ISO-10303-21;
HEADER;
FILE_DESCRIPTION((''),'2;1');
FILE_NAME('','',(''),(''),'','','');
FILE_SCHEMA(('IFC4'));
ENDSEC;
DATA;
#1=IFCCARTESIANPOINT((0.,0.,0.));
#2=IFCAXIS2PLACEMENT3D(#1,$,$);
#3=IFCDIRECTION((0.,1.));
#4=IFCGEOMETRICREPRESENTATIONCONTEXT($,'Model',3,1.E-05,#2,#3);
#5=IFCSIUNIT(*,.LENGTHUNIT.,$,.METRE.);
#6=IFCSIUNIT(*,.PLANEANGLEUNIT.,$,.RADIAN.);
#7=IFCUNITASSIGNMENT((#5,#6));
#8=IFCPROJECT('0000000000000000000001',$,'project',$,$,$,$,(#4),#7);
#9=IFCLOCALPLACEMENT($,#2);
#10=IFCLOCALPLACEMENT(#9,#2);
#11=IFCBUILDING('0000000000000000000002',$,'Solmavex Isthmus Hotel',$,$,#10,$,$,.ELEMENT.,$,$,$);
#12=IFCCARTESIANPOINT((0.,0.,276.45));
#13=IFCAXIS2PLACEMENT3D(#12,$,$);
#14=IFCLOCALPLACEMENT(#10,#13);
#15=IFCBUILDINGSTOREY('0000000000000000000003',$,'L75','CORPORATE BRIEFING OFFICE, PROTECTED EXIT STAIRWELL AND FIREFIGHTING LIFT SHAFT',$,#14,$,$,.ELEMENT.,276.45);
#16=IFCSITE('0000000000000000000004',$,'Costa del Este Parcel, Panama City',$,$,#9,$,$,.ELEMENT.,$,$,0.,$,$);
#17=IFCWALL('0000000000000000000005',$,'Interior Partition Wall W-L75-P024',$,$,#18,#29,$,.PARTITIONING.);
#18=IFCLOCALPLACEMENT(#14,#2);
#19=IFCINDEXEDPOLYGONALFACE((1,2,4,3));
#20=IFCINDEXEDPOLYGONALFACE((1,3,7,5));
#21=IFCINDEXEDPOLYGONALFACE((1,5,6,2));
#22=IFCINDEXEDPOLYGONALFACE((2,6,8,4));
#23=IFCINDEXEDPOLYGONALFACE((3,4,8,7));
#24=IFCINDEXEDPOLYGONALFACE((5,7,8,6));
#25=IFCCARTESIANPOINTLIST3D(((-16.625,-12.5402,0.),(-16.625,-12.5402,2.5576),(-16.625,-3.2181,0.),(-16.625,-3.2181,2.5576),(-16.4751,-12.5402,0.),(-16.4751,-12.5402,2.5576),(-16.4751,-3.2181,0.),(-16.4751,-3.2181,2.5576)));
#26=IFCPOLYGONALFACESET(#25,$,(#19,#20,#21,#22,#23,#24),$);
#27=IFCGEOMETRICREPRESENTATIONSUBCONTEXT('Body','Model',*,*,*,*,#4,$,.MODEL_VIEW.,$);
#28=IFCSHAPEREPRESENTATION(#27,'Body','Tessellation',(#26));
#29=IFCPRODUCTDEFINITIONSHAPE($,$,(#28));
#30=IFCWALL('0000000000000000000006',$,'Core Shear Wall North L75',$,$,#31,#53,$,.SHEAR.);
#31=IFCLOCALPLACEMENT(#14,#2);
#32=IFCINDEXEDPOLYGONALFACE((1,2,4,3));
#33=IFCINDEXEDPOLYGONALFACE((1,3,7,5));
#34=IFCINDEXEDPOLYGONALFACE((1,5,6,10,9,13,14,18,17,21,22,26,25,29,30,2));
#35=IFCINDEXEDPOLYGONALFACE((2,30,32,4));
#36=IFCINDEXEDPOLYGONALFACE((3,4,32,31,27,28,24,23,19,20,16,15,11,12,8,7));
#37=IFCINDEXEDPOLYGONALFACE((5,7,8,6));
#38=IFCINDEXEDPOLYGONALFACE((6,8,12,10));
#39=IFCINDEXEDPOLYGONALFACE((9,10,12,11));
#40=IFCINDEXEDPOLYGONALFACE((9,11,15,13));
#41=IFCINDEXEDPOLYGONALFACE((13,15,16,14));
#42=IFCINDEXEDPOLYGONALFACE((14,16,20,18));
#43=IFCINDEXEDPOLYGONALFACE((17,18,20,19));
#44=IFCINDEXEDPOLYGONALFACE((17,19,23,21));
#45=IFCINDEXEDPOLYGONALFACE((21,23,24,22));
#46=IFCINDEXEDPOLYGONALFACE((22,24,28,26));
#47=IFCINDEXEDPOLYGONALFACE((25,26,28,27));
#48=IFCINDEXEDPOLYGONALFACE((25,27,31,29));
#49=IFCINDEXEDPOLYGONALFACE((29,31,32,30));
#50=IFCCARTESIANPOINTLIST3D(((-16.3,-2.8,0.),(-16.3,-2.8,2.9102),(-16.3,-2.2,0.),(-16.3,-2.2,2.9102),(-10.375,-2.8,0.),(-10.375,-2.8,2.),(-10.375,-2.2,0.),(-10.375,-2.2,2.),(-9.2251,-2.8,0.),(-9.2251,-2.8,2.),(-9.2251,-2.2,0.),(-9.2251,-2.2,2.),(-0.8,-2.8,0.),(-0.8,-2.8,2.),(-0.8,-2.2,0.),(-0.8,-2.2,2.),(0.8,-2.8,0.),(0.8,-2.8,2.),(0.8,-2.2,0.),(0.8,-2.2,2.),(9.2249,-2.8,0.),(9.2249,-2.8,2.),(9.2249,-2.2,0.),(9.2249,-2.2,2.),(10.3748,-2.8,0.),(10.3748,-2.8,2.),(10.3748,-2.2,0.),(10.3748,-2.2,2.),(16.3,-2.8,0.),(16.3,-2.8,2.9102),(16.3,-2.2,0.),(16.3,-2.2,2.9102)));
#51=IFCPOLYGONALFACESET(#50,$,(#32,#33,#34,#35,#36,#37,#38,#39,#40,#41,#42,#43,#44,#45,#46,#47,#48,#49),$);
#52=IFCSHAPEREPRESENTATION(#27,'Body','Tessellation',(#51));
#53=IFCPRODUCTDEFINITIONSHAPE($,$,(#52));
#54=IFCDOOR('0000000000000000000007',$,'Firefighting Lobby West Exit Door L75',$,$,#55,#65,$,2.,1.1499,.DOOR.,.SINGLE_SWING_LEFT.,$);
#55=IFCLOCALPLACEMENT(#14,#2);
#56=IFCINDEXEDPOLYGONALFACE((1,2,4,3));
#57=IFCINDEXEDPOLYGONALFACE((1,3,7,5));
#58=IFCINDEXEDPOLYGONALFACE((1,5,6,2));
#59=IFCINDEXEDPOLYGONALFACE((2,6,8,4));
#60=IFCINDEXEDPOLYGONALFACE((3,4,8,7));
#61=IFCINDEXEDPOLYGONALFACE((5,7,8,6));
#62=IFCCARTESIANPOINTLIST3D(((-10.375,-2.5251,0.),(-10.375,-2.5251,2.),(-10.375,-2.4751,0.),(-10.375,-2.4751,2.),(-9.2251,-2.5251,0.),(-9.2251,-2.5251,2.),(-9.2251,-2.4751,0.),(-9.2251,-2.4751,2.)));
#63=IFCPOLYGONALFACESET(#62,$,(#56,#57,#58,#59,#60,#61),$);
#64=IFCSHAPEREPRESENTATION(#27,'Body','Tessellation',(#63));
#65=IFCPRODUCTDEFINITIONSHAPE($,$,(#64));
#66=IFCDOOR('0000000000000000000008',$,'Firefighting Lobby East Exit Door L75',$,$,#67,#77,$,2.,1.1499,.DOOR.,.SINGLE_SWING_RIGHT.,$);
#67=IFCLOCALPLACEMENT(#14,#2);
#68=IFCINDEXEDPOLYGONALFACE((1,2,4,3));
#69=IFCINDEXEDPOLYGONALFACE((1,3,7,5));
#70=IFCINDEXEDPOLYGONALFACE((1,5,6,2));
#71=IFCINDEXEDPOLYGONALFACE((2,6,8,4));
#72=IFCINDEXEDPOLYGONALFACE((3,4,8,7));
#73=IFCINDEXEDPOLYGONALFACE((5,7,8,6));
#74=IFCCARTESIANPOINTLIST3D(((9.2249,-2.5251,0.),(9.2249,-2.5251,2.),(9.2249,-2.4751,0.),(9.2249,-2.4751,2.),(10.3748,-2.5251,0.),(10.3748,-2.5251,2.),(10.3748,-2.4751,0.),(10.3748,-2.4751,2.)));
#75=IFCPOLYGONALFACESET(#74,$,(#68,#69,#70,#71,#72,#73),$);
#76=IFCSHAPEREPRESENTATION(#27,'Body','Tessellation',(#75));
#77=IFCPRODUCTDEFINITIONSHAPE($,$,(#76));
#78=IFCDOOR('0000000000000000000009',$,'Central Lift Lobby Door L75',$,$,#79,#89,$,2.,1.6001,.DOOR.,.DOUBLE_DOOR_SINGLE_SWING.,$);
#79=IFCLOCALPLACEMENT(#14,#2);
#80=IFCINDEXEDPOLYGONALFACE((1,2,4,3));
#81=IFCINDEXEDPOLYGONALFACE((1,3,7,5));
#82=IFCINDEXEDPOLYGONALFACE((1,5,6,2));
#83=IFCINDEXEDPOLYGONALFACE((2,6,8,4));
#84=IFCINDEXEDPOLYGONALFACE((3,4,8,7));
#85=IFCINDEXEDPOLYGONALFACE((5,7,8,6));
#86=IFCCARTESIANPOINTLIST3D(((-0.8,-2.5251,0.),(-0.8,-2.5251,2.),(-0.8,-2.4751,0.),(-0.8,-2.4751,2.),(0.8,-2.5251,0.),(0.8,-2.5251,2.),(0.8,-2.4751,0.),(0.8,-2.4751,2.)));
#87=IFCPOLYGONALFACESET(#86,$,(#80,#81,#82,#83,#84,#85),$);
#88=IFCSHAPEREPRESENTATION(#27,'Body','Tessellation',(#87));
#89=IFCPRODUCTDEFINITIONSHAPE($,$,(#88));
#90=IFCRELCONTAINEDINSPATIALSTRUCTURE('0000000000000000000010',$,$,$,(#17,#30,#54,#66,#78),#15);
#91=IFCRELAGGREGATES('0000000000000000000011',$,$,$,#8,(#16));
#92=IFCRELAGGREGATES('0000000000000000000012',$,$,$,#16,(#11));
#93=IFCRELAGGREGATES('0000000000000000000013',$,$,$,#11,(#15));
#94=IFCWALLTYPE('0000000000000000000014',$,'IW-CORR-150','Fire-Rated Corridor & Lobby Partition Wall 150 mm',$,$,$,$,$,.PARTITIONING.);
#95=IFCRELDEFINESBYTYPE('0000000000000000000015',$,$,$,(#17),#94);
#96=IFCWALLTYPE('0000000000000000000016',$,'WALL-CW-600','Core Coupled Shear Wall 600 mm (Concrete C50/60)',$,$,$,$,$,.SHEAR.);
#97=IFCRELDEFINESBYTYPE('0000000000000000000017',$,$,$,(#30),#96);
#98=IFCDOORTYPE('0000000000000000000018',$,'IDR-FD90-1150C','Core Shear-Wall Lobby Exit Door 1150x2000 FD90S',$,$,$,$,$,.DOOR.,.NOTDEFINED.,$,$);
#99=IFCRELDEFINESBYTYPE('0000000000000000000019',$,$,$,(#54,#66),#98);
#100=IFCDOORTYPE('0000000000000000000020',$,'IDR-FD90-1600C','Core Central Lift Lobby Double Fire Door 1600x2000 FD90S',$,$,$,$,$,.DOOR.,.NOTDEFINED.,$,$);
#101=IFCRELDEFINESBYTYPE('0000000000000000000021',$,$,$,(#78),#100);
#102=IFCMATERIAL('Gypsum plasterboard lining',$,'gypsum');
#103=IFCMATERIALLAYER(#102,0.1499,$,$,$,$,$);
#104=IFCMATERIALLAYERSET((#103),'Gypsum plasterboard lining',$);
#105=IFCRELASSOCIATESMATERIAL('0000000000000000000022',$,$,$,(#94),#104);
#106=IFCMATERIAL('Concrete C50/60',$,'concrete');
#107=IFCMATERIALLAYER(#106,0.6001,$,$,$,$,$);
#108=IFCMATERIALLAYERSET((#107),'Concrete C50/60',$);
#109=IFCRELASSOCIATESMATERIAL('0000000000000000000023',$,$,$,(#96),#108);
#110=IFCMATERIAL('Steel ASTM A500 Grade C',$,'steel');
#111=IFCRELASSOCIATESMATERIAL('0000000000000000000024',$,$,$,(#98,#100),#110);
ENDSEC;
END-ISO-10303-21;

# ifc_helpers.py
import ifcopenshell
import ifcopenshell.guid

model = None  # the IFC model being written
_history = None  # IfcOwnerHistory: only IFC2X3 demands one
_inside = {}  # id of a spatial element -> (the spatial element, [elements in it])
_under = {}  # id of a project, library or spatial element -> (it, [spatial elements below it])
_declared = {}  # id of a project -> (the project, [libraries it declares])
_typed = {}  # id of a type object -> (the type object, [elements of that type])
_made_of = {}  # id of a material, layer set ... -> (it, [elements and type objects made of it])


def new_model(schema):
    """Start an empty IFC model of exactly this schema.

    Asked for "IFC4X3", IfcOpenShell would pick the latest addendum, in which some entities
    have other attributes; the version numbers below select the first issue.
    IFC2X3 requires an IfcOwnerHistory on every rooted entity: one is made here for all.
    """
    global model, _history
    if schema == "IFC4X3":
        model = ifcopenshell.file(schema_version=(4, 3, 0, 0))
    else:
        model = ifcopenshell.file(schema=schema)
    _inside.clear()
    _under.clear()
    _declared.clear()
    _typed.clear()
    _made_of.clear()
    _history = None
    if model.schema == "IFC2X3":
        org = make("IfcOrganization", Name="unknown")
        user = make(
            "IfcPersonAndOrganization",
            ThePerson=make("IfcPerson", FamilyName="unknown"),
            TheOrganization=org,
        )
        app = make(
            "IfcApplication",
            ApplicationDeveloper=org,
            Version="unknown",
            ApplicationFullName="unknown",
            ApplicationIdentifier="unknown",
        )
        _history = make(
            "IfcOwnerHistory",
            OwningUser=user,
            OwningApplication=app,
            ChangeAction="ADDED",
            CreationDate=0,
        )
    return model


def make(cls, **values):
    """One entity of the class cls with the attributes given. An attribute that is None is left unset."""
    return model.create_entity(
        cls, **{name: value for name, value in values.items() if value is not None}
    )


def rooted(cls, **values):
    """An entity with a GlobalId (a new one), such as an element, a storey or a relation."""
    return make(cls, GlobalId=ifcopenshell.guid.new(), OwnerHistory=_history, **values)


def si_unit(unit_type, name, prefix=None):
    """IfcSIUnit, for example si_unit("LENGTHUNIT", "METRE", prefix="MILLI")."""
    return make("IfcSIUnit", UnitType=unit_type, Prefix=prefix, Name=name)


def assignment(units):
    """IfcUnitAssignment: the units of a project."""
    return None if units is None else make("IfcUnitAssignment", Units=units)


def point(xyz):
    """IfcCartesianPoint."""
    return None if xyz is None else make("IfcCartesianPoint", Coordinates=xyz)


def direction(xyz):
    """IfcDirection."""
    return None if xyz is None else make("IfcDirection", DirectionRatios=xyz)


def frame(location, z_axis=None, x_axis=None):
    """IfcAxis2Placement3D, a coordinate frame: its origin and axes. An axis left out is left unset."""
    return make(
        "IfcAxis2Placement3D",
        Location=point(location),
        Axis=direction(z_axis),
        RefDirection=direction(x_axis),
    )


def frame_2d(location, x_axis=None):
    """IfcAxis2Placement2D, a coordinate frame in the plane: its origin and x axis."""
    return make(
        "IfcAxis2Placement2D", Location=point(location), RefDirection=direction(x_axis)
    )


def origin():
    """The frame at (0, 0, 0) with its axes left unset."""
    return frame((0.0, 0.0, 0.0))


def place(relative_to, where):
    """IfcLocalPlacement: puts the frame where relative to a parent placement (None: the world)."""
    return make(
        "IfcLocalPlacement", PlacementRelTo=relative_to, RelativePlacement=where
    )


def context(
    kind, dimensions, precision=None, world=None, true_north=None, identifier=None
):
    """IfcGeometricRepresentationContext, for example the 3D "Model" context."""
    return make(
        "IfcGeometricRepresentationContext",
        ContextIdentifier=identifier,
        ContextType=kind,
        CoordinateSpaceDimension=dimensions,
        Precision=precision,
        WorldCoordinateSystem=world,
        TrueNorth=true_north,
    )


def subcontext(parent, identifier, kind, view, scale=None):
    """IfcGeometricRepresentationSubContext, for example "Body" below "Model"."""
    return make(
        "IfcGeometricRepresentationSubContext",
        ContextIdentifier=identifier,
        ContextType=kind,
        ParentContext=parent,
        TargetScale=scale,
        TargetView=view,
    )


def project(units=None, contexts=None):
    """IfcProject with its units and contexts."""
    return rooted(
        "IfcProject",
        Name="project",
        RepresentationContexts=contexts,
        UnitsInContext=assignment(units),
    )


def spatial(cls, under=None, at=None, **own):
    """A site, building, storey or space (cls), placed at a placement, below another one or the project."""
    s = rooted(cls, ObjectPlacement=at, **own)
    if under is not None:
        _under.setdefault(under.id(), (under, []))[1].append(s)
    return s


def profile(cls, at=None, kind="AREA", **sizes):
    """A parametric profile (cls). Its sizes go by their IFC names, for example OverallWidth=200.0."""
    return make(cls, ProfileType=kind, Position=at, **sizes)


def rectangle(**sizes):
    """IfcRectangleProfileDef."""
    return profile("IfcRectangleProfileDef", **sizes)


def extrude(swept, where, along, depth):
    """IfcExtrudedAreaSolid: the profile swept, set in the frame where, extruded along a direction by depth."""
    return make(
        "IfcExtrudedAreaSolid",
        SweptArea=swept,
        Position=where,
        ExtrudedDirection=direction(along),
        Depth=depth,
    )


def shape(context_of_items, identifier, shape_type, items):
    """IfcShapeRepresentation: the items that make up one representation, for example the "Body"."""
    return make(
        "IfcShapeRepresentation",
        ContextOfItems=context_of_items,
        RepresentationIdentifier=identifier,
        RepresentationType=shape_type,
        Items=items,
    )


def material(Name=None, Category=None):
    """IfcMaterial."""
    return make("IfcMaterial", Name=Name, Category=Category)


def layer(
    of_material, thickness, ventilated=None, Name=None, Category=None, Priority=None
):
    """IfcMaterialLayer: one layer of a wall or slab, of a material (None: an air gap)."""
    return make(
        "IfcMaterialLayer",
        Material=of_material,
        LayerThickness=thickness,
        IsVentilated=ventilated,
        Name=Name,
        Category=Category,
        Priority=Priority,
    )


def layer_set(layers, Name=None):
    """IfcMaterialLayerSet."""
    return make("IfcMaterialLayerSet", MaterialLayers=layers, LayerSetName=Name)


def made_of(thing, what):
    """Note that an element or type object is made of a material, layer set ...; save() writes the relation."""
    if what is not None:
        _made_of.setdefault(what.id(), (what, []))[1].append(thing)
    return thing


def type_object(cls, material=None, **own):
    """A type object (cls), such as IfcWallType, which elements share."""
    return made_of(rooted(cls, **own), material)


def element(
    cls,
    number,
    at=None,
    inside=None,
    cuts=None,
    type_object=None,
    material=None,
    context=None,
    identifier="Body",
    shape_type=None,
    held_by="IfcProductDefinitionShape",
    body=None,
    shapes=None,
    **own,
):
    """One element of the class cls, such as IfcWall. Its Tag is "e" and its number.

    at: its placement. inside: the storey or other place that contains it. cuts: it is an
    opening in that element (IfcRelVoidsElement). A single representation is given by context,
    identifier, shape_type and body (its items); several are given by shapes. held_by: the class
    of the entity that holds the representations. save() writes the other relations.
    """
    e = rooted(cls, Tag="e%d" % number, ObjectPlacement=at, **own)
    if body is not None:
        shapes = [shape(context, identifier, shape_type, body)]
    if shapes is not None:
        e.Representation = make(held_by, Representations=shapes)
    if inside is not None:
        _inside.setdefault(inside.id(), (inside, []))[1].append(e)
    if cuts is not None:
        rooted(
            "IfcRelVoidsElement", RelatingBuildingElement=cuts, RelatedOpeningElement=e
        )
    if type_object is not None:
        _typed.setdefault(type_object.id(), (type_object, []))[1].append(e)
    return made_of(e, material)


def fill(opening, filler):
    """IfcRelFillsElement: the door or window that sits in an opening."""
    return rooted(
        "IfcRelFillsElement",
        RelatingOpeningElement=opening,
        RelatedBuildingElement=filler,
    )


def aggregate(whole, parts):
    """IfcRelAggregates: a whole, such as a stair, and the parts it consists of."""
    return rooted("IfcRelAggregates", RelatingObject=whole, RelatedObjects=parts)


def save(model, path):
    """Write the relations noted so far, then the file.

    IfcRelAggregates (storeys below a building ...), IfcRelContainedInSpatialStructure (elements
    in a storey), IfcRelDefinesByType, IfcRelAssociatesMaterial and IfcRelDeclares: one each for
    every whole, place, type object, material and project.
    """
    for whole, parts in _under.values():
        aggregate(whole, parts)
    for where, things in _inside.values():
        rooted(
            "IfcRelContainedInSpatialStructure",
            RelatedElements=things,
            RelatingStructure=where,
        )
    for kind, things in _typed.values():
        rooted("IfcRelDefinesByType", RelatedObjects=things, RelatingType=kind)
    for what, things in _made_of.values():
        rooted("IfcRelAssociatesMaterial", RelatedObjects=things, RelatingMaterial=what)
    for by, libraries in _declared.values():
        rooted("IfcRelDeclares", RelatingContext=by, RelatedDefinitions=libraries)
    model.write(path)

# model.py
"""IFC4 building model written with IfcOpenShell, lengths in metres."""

from ifc_helpers import new_model, si_unit, direction, frame, frame_2d, origin, place, context, subcontext, project, spatial, rectangle, extrude, material, layer, layer_set, type_object, element, fill, save


model = new_model("IFC4")

# Units and contexts
model_context = context("Model", 3, precision=1e-05, world=origin(), true_north=direction((0.0, 1.0)))
body_context = subcontext(model_context, "Body", "Model", "MODEL_VIEW")
ifc_project = project(units=[si_unit("LENGTHUNIT", "METRE"), si_unit("PLANEANGLEUNIT", "RADIAN")], contexts=[model_context])

# Site, building, storey
site_placement = place(None, origin())
site = spatial("IfcSite", under=ifc_project, at=site_placement, Name="Costa del Este Parcel, Panama City", CompositionType="ELEMENT", RefElevation=0.0)
building_placement = place(site_placement, origin())
building = spatial("IfcBuilding", under=site, at=building_placement, Name="Solmavex Isthmus Hotel", CompositionType="ELEMENT")
storey_placement = place(building_placement, frame((0.0, 0.0, 276.45)))
storey = spatial("IfcBuildingStorey", under=building, at=storey_placement, Name="L75", Description="CORPORATE BRIEFING OFFICE, PROTECTED EXIT STAIRWELL AND FIREFIGHTING LIFT SHAFT", CompositionType="ELEMENT", Elevation=276.45)

# Shared definitions
ifc_material_1 = material(Name="Gypsum plasterboard lining", Category="gypsum")

# Shared definitions
ifc_layer_1 = layer(ifc_material_1, 0.1499)
ifc_layer_set_1 = layer_set([ifc_layer_1], Name="Gypsum plasterboard lining")
wall_type_1 = type_object("IfcWallType", Name="IW-CORR-150", Description="Fire-Rated Corridor & Lobby Partition Wall 150 mm", PredefinedType="PARTITIONING", material=ifc_layer_set_1)
ifc_material_2 = material(Name="Steel ASTM A500 Grade C", Category="steel")

# Wall
wall_1_placement = place(storey_placement, frame((-16.55, -3.218, 0.0), z_axis=(0.0, 0.0, 1.0), x_axis=(0.0, -1.0, 0.0)))
element("IfcWall", 1, at=wall_1_placement, inside=storey, type_object=wall_type_1, Name="Interior Partition Wall W-L75-P024", PredefinedType="PARTITIONING", context=body_context, shape_type="SweptSolid", body=[
    extrude(rectangle(XDim=9.322, YDim=0.1499, at=frame_2d((4.6611, 0.0))), origin(), (0.0, 0.0, 1.0), 2.5576),
])

# Wall, openings, doors
ifc_material_3 = material(Name="Concrete C50/60", Category="concrete")
ifc_layer_2 = layer(ifc_material_3, 0.6001)
ifc_layer_set_2 = layer_set([ifc_layer_2], Name="Concrete C50/60")
wall_type_2 = type_object("IfcWallType", Name="WALL-CW-600", Description="Core Coupled Shear Wall 600 mm (Concrete C50/60)", PredefinedType="SHEAR", material=ifc_layer_set_2)
wall_2_placement = place(storey_placement, frame((-16.3, -2.5, 0.0), z_axis=(0.0, 0.0, 1.0), x_axis=(1.0, 0.0, 0.0)))
wall_2 = element("IfcWall", 2, at=wall_2_placement, inside=storey, type_object=wall_type_2, Name="Core Shear Wall North L75", PredefinedType="SHEAR", context=body_context, shape_type="SweptSolid", body=[
    extrude(rectangle(XDim=32.6001, YDim=0.6001, at=frame_2d((16.3, 0.0))), origin(), (0.0, 0.0, 1.0), 2.9102),
])
opening_1_placement = place(wall_2_placement, frame((5.925, 0.0, 0.0)))
opening_1 = element("IfcOpeningElement", 3, at=opening_1_placement, cuts=wall_2, PredefinedType="OPENING", context=body_context, shape_type="SweptSolid", body=[
    extrude(rectangle(XDim=1.1499, YDim=2.0, at=frame_2d((0.575, 1.0))), frame((0.0, 0.3101, 0.0), z_axis=(0.0, -1.0, 0.0), x_axis=(1.0, 0.0, 0.0)), (0.0, 0.0, 1.0), 0.6201),
])
opening_2_placement = place(wall_2_placement, frame((15.5, 0.0, 0.0)))
opening_2 = element("IfcOpeningElement", 4, at=opening_2_placement, cuts=wall_2, PredefinedType="OPENING", context=body_context, shape_type="SweptSolid", body=[
    extrude(rectangle(XDim=1.6001, YDim=2.0, at=frame_2d((0.8, 1.0))), frame((0.0, 0.3101, 0.0), z_axis=(0.0, -1.0, 0.0), x_axis=(1.0, 0.0, 0.0)), (0.0, 0.0, 1.0), 0.6201),
])
opening_3_placement = place(wall_2_placement, frame((25.5249, 0.0, 0.0)))
opening_3 = element("IfcOpeningElement", 5, at=opening_3_placement, cuts=wall_2, PredefinedType="OPENING", context=body_context, shape_type="SweptSolid", body=[
    extrude(rectangle(XDim=1.1499, YDim=2.0, at=frame_2d((0.575, 1.0))), frame((0.0, 0.3101, 0.0), z_axis=(0.0, -1.0, 0.0), x_axis=(1.0, 0.0, 0.0)), (0.0, 0.0, 1.0), 0.6201),
])
door_type_1 = type_object("IfcDoorType", Name="IDR-FD90-1150C", Description="Core Shear-Wall Lobby Exit Door 1150x2000 FD90S", OperationType="NOTDEFINED", PredefinedType="DOOR", material=ifc_material_2)
door_1_placement = place(opening_1_placement, origin())
door_1 = element("IfcDoor", 6, at=door_1_placement, inside=storey, type_object=door_type_1, Name="Firefighting Lobby West Exit Door L75", OperationType="SINGLE_SWING_LEFT", OverallHeight=2.0, OverallWidth=1.1499, PredefinedType="DOOR", context=body_context, shape_type="SweptSolid", body=[
    extrude(rectangle(XDim=1.1499, YDim=2.0, at=frame_2d((0.575, 1.0))), frame((0.0, 0.0249, 0.0), z_axis=(0.0, -1.0, 0.0), x_axis=(1.0, 0.0, 0.0)), (0.0, 0.0, 1.0), 0.05),
])
fill(opening_1, door_1)
door_2_placement = place(opening_3_placement, origin())
door_2 = element("IfcDoor", 7, at=door_2_placement, inside=storey, type_object=door_type_1, Name="Firefighting Lobby East Exit Door L75", OperationType="SINGLE_SWING_RIGHT", OverallHeight=2.0, OverallWidth=1.1499, PredefinedType="DOOR", context=body_context, shape_type="SweptSolid", body=[
    extrude(rectangle(XDim=1.1499, YDim=2.0, at=frame_2d((0.575, 1.0))), frame((0.0, 0.0249, 0.0), z_axis=(0.0, -1.0, 0.0), x_axis=(1.0, 0.0, 0.0)), (0.0, 0.0, 1.0), 0.05),
])
fill(opening_3, door_2)
door_type_2 = type_object("IfcDoorType", Name="IDR-FD90-1600C", Description="Core Central Lift Lobby Double Fire Door 1600x2000 FD90S", OperationType="NOTDEFINED", PredefinedType="DOOR", material=ifc_material_2)
door_3_placement = place(opening_2_placement, origin())
door_3 = element("IfcDoor", 8, at=door_3_placement, inside=storey, type_object=door_type_2, Name="Central Lift Lobby Door L75", OperationType="DOUBLE_DOOR_SINGLE_SWING", OverallHeight=2.0, OverallWidth=1.6001, PredefinedType="DOOR", context=body_context, shape_type="SweptSolid", body=[
    extrude(rectangle(XDim=1.6001, YDim=2.0, at=frame_2d((0.8, 1.0))), frame((0.0, 0.0249, 0.0), z_axis=(0.0, -1.0, 0.0), x_axis=(1.0, 0.0, 0.0)), (0.0, 0.0, 1.0), 0.05),
])
fill(opening_2, door_3)

save(model, "model.ifc")
